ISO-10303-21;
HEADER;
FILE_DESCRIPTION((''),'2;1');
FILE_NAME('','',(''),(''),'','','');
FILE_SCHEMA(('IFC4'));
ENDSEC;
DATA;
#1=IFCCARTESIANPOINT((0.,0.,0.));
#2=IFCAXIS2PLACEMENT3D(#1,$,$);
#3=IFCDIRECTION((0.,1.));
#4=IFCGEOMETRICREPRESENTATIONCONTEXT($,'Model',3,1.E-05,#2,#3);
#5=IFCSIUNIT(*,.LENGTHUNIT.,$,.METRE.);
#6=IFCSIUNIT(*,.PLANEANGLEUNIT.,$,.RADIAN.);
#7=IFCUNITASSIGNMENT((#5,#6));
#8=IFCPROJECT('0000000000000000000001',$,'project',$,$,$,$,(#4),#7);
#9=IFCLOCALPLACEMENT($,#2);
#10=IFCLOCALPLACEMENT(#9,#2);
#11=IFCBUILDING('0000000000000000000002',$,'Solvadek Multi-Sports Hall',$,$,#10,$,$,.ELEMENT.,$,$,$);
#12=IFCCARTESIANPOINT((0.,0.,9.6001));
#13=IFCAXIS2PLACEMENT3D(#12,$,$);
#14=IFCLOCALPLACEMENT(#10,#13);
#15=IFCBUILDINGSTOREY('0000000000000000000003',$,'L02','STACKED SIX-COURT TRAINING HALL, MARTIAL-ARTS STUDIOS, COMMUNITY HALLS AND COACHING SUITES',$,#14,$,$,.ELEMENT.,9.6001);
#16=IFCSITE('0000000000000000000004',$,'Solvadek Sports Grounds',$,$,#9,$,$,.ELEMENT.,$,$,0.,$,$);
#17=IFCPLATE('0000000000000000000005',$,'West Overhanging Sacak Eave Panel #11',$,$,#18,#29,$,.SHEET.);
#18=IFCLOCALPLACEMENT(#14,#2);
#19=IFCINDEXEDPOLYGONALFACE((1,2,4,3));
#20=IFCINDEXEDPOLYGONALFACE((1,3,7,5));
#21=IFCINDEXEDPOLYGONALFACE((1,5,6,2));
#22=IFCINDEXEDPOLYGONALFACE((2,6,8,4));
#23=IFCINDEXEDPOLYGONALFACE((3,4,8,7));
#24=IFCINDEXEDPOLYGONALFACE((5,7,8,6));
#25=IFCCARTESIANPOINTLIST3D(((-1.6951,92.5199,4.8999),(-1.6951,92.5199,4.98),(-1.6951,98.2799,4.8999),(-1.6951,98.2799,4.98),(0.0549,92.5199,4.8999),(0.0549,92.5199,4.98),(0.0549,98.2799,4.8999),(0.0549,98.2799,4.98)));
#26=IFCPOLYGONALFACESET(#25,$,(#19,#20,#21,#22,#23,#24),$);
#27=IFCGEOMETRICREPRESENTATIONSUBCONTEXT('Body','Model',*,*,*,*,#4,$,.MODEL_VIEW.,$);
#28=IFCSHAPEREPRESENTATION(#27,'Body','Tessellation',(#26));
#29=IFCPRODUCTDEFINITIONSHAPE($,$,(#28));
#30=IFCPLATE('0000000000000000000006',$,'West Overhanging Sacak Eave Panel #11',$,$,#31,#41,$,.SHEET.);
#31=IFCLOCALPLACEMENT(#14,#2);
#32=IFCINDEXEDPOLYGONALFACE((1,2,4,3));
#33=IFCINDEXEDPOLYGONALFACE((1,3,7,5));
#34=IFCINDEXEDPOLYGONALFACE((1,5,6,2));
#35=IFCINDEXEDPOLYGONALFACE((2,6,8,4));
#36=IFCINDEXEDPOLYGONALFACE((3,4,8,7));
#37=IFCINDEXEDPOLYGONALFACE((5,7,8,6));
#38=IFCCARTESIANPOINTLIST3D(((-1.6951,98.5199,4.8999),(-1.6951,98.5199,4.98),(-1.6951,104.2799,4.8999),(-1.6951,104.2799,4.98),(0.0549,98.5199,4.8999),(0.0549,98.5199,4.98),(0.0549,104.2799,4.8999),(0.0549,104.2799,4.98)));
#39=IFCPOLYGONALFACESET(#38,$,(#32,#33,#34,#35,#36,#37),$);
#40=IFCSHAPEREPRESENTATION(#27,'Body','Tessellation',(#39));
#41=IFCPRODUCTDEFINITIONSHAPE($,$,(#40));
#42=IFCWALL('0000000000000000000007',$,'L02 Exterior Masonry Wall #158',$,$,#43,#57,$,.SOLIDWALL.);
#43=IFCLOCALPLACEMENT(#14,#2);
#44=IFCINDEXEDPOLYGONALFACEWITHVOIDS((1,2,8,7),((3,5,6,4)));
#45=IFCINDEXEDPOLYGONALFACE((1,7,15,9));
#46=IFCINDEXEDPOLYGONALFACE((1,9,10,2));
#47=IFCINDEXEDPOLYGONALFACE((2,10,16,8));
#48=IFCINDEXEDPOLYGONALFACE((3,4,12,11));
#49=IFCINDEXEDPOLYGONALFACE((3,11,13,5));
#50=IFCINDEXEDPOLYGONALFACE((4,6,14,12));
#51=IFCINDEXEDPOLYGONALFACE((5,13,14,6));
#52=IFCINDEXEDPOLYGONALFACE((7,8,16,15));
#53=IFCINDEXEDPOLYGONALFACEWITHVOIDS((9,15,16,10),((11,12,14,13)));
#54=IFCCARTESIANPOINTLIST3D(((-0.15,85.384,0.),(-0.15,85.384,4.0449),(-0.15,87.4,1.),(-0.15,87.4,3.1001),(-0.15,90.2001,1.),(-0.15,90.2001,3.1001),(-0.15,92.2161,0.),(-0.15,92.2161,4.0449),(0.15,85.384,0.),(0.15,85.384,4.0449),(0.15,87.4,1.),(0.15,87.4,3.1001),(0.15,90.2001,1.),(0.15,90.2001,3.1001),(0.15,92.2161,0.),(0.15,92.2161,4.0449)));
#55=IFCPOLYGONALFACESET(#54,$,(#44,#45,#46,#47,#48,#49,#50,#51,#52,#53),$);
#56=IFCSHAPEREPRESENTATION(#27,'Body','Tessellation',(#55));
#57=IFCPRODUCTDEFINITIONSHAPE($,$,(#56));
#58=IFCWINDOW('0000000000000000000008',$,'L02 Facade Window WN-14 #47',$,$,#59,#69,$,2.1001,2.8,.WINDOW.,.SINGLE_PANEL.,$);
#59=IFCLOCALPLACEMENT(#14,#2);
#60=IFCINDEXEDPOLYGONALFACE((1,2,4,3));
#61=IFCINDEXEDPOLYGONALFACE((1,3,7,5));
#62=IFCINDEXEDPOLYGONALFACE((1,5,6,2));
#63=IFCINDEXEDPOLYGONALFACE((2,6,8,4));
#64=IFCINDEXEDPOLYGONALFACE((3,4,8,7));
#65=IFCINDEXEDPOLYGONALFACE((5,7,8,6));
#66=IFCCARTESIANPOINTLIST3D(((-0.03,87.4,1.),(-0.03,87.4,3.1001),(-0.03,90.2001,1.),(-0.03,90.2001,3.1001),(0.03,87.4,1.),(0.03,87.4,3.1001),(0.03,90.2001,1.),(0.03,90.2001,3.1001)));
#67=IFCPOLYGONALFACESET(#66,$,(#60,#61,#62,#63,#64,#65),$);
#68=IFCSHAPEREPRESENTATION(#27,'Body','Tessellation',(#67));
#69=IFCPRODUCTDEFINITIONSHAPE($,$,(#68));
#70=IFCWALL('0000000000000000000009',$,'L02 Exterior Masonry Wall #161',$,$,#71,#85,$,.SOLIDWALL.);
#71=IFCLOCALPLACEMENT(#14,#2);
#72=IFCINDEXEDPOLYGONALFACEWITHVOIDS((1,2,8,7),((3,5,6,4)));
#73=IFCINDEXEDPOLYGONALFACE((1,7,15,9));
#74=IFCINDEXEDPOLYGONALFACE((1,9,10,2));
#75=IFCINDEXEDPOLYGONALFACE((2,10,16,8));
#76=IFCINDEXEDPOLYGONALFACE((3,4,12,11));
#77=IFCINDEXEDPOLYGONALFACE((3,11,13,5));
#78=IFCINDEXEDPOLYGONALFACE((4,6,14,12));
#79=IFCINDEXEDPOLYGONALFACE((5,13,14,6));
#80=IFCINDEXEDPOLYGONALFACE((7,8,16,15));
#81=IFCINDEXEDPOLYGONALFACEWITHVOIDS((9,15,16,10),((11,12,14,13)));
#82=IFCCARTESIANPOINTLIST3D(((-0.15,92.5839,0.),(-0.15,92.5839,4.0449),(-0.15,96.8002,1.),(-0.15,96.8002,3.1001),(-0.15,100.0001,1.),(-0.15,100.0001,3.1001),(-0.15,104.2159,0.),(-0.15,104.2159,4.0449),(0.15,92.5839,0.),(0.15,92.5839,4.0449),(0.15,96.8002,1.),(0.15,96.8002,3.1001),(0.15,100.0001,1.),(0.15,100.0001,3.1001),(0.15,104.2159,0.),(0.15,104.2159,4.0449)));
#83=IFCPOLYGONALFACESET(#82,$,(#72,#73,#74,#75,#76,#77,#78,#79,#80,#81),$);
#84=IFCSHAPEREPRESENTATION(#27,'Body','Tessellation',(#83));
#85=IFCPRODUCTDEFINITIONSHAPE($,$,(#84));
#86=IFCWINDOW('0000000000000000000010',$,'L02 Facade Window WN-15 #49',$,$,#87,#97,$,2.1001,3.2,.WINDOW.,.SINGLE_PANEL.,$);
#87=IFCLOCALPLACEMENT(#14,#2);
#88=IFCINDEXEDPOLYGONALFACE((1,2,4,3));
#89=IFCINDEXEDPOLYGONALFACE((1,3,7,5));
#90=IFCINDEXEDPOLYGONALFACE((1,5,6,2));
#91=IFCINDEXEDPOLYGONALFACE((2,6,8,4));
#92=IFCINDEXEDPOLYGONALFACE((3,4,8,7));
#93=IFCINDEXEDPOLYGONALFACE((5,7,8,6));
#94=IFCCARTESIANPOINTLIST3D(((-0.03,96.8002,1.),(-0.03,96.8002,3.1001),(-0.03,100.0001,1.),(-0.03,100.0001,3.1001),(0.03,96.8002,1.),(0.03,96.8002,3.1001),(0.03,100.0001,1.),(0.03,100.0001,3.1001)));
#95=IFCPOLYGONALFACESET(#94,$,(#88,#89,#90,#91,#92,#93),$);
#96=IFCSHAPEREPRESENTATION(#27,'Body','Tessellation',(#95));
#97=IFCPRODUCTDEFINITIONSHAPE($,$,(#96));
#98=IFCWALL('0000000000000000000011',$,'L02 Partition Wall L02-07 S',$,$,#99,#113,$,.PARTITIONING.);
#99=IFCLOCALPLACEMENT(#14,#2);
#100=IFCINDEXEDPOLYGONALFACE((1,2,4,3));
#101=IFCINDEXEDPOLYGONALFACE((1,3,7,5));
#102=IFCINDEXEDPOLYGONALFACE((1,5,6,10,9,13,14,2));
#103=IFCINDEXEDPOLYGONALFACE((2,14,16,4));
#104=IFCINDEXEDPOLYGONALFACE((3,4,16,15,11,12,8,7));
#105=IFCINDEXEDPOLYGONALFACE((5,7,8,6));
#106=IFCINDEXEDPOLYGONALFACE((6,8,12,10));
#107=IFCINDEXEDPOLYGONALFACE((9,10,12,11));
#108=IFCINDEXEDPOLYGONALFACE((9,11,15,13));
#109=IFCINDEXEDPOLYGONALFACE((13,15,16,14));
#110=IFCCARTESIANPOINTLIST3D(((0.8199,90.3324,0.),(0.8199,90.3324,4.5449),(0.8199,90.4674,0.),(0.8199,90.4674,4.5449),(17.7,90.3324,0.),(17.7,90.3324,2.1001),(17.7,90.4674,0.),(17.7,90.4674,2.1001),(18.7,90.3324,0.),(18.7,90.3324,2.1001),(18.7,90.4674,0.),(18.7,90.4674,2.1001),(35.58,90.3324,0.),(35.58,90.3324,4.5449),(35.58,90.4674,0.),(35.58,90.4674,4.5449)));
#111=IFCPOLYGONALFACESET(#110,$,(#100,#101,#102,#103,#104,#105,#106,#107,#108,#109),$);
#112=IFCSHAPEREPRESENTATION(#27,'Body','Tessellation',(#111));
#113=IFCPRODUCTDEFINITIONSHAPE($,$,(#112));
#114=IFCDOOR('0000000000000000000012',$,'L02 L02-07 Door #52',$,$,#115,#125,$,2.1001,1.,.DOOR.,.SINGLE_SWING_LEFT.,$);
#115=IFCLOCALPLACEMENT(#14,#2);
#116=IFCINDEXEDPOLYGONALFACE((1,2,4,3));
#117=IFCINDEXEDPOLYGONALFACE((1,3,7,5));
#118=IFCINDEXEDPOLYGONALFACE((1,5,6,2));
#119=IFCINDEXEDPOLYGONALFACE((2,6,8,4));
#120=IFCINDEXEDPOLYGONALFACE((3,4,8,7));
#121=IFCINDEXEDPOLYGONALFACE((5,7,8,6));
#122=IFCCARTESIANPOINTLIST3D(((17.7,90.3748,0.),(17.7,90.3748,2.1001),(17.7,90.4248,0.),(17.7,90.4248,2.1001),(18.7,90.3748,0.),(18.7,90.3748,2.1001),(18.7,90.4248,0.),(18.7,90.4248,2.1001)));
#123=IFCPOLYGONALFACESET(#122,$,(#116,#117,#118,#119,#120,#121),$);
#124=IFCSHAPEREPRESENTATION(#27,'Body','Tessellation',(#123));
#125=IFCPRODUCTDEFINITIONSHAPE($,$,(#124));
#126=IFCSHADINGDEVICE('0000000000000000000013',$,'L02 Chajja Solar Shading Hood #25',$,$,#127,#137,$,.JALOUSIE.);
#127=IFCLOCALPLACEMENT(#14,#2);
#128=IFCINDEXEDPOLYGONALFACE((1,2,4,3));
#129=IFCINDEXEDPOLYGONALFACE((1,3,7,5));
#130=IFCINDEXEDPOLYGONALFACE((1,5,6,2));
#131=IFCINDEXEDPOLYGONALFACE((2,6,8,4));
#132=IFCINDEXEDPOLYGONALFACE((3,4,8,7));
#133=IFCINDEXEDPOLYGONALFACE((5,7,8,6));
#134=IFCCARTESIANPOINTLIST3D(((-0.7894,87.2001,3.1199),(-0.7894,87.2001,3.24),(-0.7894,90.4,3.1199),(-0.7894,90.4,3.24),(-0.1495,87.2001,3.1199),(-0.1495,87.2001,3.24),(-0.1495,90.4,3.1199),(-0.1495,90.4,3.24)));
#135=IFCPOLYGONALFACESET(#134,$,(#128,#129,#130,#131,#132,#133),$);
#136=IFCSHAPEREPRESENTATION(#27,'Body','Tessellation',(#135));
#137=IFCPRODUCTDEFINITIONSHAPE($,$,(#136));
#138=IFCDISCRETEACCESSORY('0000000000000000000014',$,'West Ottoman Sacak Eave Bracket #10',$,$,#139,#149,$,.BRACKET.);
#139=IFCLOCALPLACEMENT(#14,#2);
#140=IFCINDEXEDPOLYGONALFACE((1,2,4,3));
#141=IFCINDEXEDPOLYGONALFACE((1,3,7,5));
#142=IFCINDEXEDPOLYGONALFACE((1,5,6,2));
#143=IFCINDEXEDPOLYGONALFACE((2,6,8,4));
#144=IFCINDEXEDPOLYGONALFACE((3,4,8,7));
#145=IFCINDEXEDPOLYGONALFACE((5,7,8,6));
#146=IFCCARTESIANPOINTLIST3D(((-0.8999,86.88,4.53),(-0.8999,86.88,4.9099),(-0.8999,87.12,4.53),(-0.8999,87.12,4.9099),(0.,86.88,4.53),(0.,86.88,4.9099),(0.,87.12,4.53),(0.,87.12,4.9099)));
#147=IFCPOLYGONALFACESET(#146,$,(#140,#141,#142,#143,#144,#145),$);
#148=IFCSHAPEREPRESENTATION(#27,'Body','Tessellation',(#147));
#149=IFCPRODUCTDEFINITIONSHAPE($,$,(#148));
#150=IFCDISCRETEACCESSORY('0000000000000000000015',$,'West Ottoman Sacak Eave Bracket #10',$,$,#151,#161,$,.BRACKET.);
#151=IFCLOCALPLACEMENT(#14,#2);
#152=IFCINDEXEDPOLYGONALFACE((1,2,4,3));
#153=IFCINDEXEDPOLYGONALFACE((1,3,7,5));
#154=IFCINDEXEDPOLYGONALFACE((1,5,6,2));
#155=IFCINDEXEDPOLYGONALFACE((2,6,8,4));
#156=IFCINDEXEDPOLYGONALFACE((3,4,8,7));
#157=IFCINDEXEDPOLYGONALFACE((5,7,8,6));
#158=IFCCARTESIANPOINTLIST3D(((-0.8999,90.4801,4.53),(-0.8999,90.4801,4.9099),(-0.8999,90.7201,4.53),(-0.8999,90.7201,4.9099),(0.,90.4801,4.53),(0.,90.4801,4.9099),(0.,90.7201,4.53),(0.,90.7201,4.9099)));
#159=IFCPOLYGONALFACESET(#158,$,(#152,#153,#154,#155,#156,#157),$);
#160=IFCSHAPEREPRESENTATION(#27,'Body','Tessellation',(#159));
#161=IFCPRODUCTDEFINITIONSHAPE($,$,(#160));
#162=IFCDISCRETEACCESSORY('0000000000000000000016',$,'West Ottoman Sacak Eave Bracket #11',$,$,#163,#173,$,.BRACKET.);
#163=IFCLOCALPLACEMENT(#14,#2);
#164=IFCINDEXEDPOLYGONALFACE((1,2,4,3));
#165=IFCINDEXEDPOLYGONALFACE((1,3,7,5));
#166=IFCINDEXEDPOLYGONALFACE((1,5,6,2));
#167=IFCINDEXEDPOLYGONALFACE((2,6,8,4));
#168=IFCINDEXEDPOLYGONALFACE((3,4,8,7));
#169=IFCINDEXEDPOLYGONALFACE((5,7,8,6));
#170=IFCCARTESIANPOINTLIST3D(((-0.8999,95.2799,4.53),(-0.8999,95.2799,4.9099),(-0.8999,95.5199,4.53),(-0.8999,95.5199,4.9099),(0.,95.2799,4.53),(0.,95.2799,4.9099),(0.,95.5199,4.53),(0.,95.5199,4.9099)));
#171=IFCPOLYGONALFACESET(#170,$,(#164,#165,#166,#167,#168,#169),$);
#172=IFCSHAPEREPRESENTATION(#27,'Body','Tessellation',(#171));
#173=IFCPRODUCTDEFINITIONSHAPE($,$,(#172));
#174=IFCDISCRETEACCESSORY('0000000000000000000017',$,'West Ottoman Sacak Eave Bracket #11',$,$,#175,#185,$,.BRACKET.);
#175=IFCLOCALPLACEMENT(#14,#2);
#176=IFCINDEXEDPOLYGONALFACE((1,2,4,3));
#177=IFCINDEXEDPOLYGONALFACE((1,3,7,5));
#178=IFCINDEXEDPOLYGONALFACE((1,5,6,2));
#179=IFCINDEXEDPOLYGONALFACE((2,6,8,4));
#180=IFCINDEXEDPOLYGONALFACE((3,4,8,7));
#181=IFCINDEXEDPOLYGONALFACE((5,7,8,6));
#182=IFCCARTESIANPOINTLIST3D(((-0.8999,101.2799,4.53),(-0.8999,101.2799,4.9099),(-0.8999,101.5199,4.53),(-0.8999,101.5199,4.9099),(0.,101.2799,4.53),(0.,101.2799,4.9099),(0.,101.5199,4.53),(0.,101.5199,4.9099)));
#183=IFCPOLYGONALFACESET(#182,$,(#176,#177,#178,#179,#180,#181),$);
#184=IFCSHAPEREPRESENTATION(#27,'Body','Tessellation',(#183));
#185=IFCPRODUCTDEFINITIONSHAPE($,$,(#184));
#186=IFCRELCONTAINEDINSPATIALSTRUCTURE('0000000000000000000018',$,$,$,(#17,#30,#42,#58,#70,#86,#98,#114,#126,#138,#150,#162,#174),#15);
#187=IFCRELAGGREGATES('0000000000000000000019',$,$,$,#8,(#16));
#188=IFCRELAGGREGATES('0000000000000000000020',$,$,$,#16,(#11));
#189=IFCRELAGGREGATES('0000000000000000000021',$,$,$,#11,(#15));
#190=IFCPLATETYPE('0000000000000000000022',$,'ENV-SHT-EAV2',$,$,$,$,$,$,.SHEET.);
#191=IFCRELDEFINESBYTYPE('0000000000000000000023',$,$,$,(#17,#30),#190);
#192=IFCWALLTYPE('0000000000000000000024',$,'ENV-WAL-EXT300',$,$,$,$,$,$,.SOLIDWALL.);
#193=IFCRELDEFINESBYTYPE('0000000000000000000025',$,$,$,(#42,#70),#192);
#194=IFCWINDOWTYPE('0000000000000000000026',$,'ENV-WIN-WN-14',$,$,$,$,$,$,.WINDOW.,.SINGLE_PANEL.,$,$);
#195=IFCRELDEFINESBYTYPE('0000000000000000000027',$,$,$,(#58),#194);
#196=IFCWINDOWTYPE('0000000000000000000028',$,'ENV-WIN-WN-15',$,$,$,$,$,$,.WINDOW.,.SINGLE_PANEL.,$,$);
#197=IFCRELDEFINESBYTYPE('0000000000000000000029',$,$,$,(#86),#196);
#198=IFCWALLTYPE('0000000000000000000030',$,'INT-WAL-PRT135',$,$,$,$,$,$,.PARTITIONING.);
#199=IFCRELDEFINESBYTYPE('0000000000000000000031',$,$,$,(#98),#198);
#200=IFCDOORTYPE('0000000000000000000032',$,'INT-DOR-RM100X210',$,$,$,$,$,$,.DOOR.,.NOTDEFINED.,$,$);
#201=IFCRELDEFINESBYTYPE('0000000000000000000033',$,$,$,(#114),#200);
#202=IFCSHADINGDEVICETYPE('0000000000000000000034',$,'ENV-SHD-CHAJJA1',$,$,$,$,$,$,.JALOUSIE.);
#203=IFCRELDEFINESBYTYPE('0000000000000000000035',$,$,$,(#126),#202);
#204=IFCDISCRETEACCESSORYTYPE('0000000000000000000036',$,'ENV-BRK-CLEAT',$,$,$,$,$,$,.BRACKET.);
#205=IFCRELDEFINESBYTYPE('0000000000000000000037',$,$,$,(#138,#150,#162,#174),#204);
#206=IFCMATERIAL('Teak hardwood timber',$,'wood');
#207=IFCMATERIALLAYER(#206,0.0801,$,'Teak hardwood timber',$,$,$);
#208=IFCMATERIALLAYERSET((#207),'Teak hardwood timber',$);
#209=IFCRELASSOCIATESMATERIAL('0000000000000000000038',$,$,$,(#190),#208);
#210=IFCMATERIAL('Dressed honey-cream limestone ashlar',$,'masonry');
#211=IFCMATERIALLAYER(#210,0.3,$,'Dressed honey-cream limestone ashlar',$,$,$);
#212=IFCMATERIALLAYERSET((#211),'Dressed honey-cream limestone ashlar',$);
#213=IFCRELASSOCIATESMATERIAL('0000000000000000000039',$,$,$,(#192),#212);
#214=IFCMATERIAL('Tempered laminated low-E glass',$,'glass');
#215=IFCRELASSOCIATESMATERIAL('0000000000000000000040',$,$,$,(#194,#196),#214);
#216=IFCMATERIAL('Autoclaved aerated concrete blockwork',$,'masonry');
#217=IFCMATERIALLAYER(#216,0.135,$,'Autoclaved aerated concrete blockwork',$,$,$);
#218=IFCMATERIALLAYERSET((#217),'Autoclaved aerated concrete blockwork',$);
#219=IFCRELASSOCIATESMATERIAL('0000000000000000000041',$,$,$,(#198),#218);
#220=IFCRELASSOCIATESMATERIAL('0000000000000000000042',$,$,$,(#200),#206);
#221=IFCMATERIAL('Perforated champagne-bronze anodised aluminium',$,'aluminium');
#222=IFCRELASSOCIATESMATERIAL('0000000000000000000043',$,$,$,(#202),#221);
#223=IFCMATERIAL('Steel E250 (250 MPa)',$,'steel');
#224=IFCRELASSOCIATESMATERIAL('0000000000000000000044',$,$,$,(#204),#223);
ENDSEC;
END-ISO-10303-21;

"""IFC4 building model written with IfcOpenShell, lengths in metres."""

from ifc_helpers import new_model, si_unit, direction, frame, frame_2d, origin, origin_2d, place, context, subcontext, project, spatial, rectangle, extrude, material, layer, layer_set, type_object, element, fill, save


model = new_model("IFC4")

# Units and contexts
model_context = context("Model", 3, precision=1e-05, world=origin(), true_north=direction((0.0, 1.0)))
body_context = subcontext(model_context, "Body", "Model", "MODEL_VIEW")
ifc_project = project(units=[si_unit("LENGTHUNIT", "METRE"), si_unit("PLANEANGLEUNIT", "RADIAN")], contexts=[model_context])

# Site, building, storey
site_placement = place(None, origin())
site = spatial("IfcSite", under=ifc_project, at=site_placement, Name="Solvadek Sports Grounds", CompositionType="ELEMENT", RefElevation=0.0)
building_placement = place(site_placement, origin())
building = spatial("IfcBuilding", under=site, at=building_placement, Name="Solvadek Multi-Sports Hall", CompositionType="ELEMENT")
storey_placement = place(building_placement, frame((0.0, 0.0, 9.6001)))
storey = spatial("IfcBuildingStorey", under=building, at=storey_placement, Name="L02", Description="STACKED SIX-COURT TRAINING HALL, MARTIAL-ARTS STUDIOS, COMMUNITY HALLS AND COACHING SUITES", CompositionType="ELEMENT", Elevation=9.6001)

# Plates
ifc_material_1 = material(Name="Teak hardwood timber", Category="wood")
ifc_layer_1 = layer(ifc_material_1, 0.0801, Name="Teak hardwood timber")
ifc_layer_set_1 = layer_set([ifc_layer_1], Name="Teak hardwood timber")
plate_type = type_object("IfcPlateType", Name="ENV-SHT-EAV2", PredefinedType="SHEET", material=ifc_layer_set_1)
for number, where, z_axis, x_axis, name in (
    (1, (-0.8201, 95.3999, 4.8999), (0.0, 0.0, 1.0), (1.0, 0.0, 0.0), "West Overhanging Sacak Eave Panel #11"),
    (2, (-0.8201, 101.3999, 4.8999), (0.0, 0.0, 1.0), (1.0, 0.0, 0.0), "West Overhanging Sacak Eave Panel #11"),
):
    element("IfcPlate", number, at=place(storey_placement, frame(where, z_axis=z_axis, x_axis=x_axis)), inside=storey, type_object=plate_type, Name=name, PredefinedType="SHEET", context=body_context, shape_type="SweptSolid", body=[
        extrude(rectangle(XDim=1.75, YDim=5.76, at=origin_2d()), origin(), (0.0, 0.0, 1.0), 0.0801),
    ])

# Walls, openings, windows
ifc_material_2 = material(Name="Dressed honey-cream limestone ashlar", Category="masonry")
ifc_layer_2 = layer(ifc_material_2, 0.3, Name="Dressed honey-cream limestone ashlar")
ifc_layer_set_2 = layer_set([ifc_layer_2], Name="Dressed honey-cream limestone ashlar")
wall_type_1 = type_object("IfcWallType", Name="ENV-WAL-EXT300", PredefinedType="SOLIDWALL", material=ifc_layer_set_2)
wall_1_placement = place(storey_placement, frame((0.0, 85.384, 0.0), z_axis=(0.0, 0.0, 1.0), x_axis=(0.0, 1.0, 0.0)))
wall_1 = element("IfcWall", 3, at=wall_1_placement, inside=storey, type_object=wall_type_1, Name="L02 Exterior Masonry Wall #158", PredefinedType="SOLIDWALL", context=body_context, shape_type="SweptSolid", body=[
    extrude(rectangle(XDim=6.832, YDim=0.3, at=frame_2d((3.416, 0.0))), origin(), (0.0, 0.0, 1.0), 4.0449),
])
opening_1_placement = place(wall_1_placement, frame((2.0161, 0.0, 1.0)))
opening_1 = element("IfcOpeningElement", 4, at=opening_1_placement, cuts=wall_1, PredefinedType="OPENING", context=body_context, shape_type="SweptSolid", body=[
    extrude(rectangle(XDim=2.8, YDim=2.1001, at=frame_2d((1.3999, 1.05))), frame((0.0, 0.1599, 0.0), z_axis=(0.0, -1.0, 0.0), x_axis=(1.0, 0.0, 0.0)), (0.0, 0.0, 1.0), 0.3201),
])
ifc_material_3 = material(Name="Tempered laminated low-E glass", Category="glass")
window_type_1 = type_object("IfcWindowType", Name="ENV-WIN-WN-14", PartitioningType="SINGLE_PANEL", PredefinedType="WINDOW", material=ifc_material_3)
window_1_placement = place(opening_1_placement, origin())
window_1 = element("IfcWindow", 5, at=window_1_placement, inside=storey, type_object=window_type_1, Name="L02 Facade Window WN-14 #47", OverallHeight=2.1001, OverallWidth=2.8, PartitioningType="SINGLE_PANEL", PredefinedType="WINDOW", context=body_context, shape_type="SweptSolid", body=[
    extrude(rectangle(XDim=2.8, YDim=2.1001, at=frame_2d((1.3999, 1.05))), frame((0.0, 0.03, 0.0), z_axis=(0.0, -1.0, 0.0), x_axis=(1.0, 0.0, 0.0)), (0.0, 0.0, 1.0), 0.0601),
])
fill(opening_1, window_1)
wall_2_placement = place(storey_placement, frame((0.0, 92.584, 0.0), z_axis=(0.0, 0.0, 1.0), x_axis=(0.0, 1.0, 0.0)))
wall_2 = element("IfcWall", 6, at=wall_2_placement, inside=storey, type_object=wall_type_1, Name="L02 Exterior Masonry Wall #161", PredefinedType="SOLIDWALL", context=body_context, shape_type="SweptSolid", body=[
    extrude(rectangle(XDim=11.6321, YDim=0.3, at=frame_2d((5.8159, 0.0))), origin(), (0.0, 0.0, 1.0), 4.0449),
])
opening_2_placement = place(wall_2_placement, frame((4.2161, 0.0, 1.0)))
opening_2 = element("IfcOpeningElement", 7, at=opening_2_placement, cuts=wall_2, PredefinedType="OPENING", context=body_context, shape_type="SweptSolid", body=[
    extrude(rectangle(XDim=3.2, YDim=2.1001, at=frame_2d((1.6001, 1.05))), frame((0.0, 0.1599, 0.0), z_axis=(0.0, -1.0, 0.0), x_axis=(1.0, 0.0, 0.0)), (0.0, 0.0, 1.0), 0.3201),
])
window_type_2 = type_object("IfcWindowType", Name="ENV-WIN-WN-15", PartitioningType="SINGLE_PANEL", PredefinedType="WINDOW", material=ifc_material_3)
window_2_placement = place(opening_2_placement, origin())
window_2 = element("IfcWindow", 8, at=window_2_placement, inside=storey, type_object=window_type_2, Name="L02 Facade Window WN-15 #49", OverallHeight=2.1001, OverallWidth=3.2, PartitioningType="SINGLE_PANEL", PredefinedType="WINDOW", context=body_context, shape_type="SweptSolid", body=[
    extrude(rectangle(XDim=3.2, YDim=2.1001, at=frame_2d((1.6001, 1.05))), frame((0.0, 0.03, 0.0), z_axis=(0.0, -1.0, 0.0), x_axis=(1.0, 0.0, 0.0)), (0.0, 0.0, 1.0), 0.0601),
])
fill(opening_2, window_2)

# Wall, opening, door
ifc_material_4 = material(Name="Autoclaved aerated concrete blockwork", Category="masonry")
ifc_layer_3 = layer(ifc_material_4, 0.135, Name="Autoclaved aerated concrete blockwork")
ifc_layer_set_3 = layer_set([ifc_layer_3], Name="Autoclaved aerated concrete blockwork")
wall_type_2 = type_object("IfcWallType", Name="INT-WAL-PRT135", PredefinedType="PARTITIONING", material=ifc_layer_set_3)
wall_3_placement = place(storey_placement, frame((0.8201, 90.3999, 0.0), z_axis=(0.0, 0.0, 1.0), x_axis=(1.0, 0.0, 0.0)))
wall_3 = element("IfcWall", 9, at=wall_3_placement, inside=storey, type_object=wall_type_2, Name="L02 Partition Wall L02-07 S", PredefinedType="PARTITIONING", context=body_context, shape_type="SweptSolid", body=[
    extrude(rectangle(XDim=34.76, YDim=0.135, at=frame_2d((17.3799, 0.0))), origin(), (0.0, 0.0, 1.0), 4.5449),
])
opening_3_placement = place(wall_3_placement, frame((16.8799, 0.0, 0.0)))
opening_3 = element("IfcOpeningElement", 10, at=opening_3_placement, cuts=wall_3, PredefinedType="OPENING", context=body_context, shape_type="SweptSolid", body=[
    extrude(rectangle(XDim=1.0, YDim=2.1001, at=frame_2d((0.5, 1.05))), frame((0.0, 0.0774, 0.0), z_axis=(0.0, -1.0, 0.0), x_axis=(1.0, 0.0, 0.0)), (0.0, 0.0, 1.0), 0.155),
])
door_type = type_object("IfcDoorType", Name="INT-DOR-RM100X210", OperationType="NOTDEFINED", PredefinedType="DOOR", material=ifc_material_1)
door_placement = place(opening_3_placement, origin())
door = element("IfcDoor", 11, at=door_placement, inside=storey, type_object=door_type, Name="L02 L02-07 Door #52", OperationType="SINGLE_SWING_LEFT", OverallHeight=2.1001, OverallWidth=1.0, PredefinedType="DOOR", context=body_context, shape_type="SweptSolid", body=[
    extrude(rectangle(XDim=1.0, YDim=2.1001, at=frame_2d((0.5, 1.05))), frame((0.0, 0.0249, 0.0), z_axis=(0.0, -1.0, 0.0), x_axis=(1.0, 0.0, 0.0)), (0.0, 0.0, 1.0), 0.05),
])
fill(opening_3, door)

# Shading device
ifc_material_5 = material(Name="Perforated champagne-bronze anodised aluminium", Category="aluminium")
shading_device_type = type_object("IfcShadingDeviceType", Name="ENV-SHD-CHAJJA1", PredefinedType="JALOUSIE", material=ifc_material_5)
shading_device_placement = place(storey_placement, frame((-0.4695, 88.8, 3.1199), z_axis=(0.0, 0.0, 1.0), x_axis=(0.0, 1.0, 0.0)))
element("IfcShadingDevice", 12, at=shading_device_placement, inside=storey, type_object=shading_device_type, Name="L02 Chajja Solar Shading Hood #25", PredefinedType="JALOUSIE", context=body_context, shape_type="SweptSolid", body=[
    extrude(rectangle(XDim=3.2, YDim=0.6399, at=origin_2d()), origin(), (0.0, 0.0, 1.0), 0.1201),
])

# Discrete accessories
ifc_material_6 = material(Name="Steel E250 (250 MPa)", Category="steel")
discrete_accessory_type = type_object("IfcDiscreteAccessoryType", Name="ENV-BRK-CLEAT", PredefinedType="BRACKET", material=ifc_material_6)
for number, where, z_axis, x_axis, name in (
    (13, (-0.45, 87.0, 4.53), (0.0, 0.0, 1.0), (1.0, 0.0, 0.0), "West Ottoman Sacak Eave Bracket #10"),
    (14, (-0.45, 90.6001, 4.53), (0.0, 0.0, 1.0), (1.0, 0.0, 0.0), "West Ottoman Sacak Eave Bracket #10"),
    (15, (-0.45, 95.3999, 4.53), (0.0, 0.0, 1.0), (1.0, 0.0, 0.0), "West Ottoman Sacak Eave Bracket #11"),
    (16, (-0.45, 101.3999, 4.53), (0.0, 0.0, 1.0), (1.0, 0.0, 0.0), "West Ottoman Sacak Eave Bracket #11"),
):
    element("IfcDiscreteAccessory", number, at=place(storey_placement, frame(where, z_axis=z_axis, x_axis=x_axis)), inside=storey, type_object=discrete_accessory_type, Name=name, PredefinedType="BRACKET", context=body_context, shape_type="SweptSolid", body=[
        extrude(rectangle(XDim=0.8999, YDim=0.24, at=origin_2d()), origin(), (0.0, 0.0, 1.0), 0.3799),
    ])

save(model, "model.ifc")
